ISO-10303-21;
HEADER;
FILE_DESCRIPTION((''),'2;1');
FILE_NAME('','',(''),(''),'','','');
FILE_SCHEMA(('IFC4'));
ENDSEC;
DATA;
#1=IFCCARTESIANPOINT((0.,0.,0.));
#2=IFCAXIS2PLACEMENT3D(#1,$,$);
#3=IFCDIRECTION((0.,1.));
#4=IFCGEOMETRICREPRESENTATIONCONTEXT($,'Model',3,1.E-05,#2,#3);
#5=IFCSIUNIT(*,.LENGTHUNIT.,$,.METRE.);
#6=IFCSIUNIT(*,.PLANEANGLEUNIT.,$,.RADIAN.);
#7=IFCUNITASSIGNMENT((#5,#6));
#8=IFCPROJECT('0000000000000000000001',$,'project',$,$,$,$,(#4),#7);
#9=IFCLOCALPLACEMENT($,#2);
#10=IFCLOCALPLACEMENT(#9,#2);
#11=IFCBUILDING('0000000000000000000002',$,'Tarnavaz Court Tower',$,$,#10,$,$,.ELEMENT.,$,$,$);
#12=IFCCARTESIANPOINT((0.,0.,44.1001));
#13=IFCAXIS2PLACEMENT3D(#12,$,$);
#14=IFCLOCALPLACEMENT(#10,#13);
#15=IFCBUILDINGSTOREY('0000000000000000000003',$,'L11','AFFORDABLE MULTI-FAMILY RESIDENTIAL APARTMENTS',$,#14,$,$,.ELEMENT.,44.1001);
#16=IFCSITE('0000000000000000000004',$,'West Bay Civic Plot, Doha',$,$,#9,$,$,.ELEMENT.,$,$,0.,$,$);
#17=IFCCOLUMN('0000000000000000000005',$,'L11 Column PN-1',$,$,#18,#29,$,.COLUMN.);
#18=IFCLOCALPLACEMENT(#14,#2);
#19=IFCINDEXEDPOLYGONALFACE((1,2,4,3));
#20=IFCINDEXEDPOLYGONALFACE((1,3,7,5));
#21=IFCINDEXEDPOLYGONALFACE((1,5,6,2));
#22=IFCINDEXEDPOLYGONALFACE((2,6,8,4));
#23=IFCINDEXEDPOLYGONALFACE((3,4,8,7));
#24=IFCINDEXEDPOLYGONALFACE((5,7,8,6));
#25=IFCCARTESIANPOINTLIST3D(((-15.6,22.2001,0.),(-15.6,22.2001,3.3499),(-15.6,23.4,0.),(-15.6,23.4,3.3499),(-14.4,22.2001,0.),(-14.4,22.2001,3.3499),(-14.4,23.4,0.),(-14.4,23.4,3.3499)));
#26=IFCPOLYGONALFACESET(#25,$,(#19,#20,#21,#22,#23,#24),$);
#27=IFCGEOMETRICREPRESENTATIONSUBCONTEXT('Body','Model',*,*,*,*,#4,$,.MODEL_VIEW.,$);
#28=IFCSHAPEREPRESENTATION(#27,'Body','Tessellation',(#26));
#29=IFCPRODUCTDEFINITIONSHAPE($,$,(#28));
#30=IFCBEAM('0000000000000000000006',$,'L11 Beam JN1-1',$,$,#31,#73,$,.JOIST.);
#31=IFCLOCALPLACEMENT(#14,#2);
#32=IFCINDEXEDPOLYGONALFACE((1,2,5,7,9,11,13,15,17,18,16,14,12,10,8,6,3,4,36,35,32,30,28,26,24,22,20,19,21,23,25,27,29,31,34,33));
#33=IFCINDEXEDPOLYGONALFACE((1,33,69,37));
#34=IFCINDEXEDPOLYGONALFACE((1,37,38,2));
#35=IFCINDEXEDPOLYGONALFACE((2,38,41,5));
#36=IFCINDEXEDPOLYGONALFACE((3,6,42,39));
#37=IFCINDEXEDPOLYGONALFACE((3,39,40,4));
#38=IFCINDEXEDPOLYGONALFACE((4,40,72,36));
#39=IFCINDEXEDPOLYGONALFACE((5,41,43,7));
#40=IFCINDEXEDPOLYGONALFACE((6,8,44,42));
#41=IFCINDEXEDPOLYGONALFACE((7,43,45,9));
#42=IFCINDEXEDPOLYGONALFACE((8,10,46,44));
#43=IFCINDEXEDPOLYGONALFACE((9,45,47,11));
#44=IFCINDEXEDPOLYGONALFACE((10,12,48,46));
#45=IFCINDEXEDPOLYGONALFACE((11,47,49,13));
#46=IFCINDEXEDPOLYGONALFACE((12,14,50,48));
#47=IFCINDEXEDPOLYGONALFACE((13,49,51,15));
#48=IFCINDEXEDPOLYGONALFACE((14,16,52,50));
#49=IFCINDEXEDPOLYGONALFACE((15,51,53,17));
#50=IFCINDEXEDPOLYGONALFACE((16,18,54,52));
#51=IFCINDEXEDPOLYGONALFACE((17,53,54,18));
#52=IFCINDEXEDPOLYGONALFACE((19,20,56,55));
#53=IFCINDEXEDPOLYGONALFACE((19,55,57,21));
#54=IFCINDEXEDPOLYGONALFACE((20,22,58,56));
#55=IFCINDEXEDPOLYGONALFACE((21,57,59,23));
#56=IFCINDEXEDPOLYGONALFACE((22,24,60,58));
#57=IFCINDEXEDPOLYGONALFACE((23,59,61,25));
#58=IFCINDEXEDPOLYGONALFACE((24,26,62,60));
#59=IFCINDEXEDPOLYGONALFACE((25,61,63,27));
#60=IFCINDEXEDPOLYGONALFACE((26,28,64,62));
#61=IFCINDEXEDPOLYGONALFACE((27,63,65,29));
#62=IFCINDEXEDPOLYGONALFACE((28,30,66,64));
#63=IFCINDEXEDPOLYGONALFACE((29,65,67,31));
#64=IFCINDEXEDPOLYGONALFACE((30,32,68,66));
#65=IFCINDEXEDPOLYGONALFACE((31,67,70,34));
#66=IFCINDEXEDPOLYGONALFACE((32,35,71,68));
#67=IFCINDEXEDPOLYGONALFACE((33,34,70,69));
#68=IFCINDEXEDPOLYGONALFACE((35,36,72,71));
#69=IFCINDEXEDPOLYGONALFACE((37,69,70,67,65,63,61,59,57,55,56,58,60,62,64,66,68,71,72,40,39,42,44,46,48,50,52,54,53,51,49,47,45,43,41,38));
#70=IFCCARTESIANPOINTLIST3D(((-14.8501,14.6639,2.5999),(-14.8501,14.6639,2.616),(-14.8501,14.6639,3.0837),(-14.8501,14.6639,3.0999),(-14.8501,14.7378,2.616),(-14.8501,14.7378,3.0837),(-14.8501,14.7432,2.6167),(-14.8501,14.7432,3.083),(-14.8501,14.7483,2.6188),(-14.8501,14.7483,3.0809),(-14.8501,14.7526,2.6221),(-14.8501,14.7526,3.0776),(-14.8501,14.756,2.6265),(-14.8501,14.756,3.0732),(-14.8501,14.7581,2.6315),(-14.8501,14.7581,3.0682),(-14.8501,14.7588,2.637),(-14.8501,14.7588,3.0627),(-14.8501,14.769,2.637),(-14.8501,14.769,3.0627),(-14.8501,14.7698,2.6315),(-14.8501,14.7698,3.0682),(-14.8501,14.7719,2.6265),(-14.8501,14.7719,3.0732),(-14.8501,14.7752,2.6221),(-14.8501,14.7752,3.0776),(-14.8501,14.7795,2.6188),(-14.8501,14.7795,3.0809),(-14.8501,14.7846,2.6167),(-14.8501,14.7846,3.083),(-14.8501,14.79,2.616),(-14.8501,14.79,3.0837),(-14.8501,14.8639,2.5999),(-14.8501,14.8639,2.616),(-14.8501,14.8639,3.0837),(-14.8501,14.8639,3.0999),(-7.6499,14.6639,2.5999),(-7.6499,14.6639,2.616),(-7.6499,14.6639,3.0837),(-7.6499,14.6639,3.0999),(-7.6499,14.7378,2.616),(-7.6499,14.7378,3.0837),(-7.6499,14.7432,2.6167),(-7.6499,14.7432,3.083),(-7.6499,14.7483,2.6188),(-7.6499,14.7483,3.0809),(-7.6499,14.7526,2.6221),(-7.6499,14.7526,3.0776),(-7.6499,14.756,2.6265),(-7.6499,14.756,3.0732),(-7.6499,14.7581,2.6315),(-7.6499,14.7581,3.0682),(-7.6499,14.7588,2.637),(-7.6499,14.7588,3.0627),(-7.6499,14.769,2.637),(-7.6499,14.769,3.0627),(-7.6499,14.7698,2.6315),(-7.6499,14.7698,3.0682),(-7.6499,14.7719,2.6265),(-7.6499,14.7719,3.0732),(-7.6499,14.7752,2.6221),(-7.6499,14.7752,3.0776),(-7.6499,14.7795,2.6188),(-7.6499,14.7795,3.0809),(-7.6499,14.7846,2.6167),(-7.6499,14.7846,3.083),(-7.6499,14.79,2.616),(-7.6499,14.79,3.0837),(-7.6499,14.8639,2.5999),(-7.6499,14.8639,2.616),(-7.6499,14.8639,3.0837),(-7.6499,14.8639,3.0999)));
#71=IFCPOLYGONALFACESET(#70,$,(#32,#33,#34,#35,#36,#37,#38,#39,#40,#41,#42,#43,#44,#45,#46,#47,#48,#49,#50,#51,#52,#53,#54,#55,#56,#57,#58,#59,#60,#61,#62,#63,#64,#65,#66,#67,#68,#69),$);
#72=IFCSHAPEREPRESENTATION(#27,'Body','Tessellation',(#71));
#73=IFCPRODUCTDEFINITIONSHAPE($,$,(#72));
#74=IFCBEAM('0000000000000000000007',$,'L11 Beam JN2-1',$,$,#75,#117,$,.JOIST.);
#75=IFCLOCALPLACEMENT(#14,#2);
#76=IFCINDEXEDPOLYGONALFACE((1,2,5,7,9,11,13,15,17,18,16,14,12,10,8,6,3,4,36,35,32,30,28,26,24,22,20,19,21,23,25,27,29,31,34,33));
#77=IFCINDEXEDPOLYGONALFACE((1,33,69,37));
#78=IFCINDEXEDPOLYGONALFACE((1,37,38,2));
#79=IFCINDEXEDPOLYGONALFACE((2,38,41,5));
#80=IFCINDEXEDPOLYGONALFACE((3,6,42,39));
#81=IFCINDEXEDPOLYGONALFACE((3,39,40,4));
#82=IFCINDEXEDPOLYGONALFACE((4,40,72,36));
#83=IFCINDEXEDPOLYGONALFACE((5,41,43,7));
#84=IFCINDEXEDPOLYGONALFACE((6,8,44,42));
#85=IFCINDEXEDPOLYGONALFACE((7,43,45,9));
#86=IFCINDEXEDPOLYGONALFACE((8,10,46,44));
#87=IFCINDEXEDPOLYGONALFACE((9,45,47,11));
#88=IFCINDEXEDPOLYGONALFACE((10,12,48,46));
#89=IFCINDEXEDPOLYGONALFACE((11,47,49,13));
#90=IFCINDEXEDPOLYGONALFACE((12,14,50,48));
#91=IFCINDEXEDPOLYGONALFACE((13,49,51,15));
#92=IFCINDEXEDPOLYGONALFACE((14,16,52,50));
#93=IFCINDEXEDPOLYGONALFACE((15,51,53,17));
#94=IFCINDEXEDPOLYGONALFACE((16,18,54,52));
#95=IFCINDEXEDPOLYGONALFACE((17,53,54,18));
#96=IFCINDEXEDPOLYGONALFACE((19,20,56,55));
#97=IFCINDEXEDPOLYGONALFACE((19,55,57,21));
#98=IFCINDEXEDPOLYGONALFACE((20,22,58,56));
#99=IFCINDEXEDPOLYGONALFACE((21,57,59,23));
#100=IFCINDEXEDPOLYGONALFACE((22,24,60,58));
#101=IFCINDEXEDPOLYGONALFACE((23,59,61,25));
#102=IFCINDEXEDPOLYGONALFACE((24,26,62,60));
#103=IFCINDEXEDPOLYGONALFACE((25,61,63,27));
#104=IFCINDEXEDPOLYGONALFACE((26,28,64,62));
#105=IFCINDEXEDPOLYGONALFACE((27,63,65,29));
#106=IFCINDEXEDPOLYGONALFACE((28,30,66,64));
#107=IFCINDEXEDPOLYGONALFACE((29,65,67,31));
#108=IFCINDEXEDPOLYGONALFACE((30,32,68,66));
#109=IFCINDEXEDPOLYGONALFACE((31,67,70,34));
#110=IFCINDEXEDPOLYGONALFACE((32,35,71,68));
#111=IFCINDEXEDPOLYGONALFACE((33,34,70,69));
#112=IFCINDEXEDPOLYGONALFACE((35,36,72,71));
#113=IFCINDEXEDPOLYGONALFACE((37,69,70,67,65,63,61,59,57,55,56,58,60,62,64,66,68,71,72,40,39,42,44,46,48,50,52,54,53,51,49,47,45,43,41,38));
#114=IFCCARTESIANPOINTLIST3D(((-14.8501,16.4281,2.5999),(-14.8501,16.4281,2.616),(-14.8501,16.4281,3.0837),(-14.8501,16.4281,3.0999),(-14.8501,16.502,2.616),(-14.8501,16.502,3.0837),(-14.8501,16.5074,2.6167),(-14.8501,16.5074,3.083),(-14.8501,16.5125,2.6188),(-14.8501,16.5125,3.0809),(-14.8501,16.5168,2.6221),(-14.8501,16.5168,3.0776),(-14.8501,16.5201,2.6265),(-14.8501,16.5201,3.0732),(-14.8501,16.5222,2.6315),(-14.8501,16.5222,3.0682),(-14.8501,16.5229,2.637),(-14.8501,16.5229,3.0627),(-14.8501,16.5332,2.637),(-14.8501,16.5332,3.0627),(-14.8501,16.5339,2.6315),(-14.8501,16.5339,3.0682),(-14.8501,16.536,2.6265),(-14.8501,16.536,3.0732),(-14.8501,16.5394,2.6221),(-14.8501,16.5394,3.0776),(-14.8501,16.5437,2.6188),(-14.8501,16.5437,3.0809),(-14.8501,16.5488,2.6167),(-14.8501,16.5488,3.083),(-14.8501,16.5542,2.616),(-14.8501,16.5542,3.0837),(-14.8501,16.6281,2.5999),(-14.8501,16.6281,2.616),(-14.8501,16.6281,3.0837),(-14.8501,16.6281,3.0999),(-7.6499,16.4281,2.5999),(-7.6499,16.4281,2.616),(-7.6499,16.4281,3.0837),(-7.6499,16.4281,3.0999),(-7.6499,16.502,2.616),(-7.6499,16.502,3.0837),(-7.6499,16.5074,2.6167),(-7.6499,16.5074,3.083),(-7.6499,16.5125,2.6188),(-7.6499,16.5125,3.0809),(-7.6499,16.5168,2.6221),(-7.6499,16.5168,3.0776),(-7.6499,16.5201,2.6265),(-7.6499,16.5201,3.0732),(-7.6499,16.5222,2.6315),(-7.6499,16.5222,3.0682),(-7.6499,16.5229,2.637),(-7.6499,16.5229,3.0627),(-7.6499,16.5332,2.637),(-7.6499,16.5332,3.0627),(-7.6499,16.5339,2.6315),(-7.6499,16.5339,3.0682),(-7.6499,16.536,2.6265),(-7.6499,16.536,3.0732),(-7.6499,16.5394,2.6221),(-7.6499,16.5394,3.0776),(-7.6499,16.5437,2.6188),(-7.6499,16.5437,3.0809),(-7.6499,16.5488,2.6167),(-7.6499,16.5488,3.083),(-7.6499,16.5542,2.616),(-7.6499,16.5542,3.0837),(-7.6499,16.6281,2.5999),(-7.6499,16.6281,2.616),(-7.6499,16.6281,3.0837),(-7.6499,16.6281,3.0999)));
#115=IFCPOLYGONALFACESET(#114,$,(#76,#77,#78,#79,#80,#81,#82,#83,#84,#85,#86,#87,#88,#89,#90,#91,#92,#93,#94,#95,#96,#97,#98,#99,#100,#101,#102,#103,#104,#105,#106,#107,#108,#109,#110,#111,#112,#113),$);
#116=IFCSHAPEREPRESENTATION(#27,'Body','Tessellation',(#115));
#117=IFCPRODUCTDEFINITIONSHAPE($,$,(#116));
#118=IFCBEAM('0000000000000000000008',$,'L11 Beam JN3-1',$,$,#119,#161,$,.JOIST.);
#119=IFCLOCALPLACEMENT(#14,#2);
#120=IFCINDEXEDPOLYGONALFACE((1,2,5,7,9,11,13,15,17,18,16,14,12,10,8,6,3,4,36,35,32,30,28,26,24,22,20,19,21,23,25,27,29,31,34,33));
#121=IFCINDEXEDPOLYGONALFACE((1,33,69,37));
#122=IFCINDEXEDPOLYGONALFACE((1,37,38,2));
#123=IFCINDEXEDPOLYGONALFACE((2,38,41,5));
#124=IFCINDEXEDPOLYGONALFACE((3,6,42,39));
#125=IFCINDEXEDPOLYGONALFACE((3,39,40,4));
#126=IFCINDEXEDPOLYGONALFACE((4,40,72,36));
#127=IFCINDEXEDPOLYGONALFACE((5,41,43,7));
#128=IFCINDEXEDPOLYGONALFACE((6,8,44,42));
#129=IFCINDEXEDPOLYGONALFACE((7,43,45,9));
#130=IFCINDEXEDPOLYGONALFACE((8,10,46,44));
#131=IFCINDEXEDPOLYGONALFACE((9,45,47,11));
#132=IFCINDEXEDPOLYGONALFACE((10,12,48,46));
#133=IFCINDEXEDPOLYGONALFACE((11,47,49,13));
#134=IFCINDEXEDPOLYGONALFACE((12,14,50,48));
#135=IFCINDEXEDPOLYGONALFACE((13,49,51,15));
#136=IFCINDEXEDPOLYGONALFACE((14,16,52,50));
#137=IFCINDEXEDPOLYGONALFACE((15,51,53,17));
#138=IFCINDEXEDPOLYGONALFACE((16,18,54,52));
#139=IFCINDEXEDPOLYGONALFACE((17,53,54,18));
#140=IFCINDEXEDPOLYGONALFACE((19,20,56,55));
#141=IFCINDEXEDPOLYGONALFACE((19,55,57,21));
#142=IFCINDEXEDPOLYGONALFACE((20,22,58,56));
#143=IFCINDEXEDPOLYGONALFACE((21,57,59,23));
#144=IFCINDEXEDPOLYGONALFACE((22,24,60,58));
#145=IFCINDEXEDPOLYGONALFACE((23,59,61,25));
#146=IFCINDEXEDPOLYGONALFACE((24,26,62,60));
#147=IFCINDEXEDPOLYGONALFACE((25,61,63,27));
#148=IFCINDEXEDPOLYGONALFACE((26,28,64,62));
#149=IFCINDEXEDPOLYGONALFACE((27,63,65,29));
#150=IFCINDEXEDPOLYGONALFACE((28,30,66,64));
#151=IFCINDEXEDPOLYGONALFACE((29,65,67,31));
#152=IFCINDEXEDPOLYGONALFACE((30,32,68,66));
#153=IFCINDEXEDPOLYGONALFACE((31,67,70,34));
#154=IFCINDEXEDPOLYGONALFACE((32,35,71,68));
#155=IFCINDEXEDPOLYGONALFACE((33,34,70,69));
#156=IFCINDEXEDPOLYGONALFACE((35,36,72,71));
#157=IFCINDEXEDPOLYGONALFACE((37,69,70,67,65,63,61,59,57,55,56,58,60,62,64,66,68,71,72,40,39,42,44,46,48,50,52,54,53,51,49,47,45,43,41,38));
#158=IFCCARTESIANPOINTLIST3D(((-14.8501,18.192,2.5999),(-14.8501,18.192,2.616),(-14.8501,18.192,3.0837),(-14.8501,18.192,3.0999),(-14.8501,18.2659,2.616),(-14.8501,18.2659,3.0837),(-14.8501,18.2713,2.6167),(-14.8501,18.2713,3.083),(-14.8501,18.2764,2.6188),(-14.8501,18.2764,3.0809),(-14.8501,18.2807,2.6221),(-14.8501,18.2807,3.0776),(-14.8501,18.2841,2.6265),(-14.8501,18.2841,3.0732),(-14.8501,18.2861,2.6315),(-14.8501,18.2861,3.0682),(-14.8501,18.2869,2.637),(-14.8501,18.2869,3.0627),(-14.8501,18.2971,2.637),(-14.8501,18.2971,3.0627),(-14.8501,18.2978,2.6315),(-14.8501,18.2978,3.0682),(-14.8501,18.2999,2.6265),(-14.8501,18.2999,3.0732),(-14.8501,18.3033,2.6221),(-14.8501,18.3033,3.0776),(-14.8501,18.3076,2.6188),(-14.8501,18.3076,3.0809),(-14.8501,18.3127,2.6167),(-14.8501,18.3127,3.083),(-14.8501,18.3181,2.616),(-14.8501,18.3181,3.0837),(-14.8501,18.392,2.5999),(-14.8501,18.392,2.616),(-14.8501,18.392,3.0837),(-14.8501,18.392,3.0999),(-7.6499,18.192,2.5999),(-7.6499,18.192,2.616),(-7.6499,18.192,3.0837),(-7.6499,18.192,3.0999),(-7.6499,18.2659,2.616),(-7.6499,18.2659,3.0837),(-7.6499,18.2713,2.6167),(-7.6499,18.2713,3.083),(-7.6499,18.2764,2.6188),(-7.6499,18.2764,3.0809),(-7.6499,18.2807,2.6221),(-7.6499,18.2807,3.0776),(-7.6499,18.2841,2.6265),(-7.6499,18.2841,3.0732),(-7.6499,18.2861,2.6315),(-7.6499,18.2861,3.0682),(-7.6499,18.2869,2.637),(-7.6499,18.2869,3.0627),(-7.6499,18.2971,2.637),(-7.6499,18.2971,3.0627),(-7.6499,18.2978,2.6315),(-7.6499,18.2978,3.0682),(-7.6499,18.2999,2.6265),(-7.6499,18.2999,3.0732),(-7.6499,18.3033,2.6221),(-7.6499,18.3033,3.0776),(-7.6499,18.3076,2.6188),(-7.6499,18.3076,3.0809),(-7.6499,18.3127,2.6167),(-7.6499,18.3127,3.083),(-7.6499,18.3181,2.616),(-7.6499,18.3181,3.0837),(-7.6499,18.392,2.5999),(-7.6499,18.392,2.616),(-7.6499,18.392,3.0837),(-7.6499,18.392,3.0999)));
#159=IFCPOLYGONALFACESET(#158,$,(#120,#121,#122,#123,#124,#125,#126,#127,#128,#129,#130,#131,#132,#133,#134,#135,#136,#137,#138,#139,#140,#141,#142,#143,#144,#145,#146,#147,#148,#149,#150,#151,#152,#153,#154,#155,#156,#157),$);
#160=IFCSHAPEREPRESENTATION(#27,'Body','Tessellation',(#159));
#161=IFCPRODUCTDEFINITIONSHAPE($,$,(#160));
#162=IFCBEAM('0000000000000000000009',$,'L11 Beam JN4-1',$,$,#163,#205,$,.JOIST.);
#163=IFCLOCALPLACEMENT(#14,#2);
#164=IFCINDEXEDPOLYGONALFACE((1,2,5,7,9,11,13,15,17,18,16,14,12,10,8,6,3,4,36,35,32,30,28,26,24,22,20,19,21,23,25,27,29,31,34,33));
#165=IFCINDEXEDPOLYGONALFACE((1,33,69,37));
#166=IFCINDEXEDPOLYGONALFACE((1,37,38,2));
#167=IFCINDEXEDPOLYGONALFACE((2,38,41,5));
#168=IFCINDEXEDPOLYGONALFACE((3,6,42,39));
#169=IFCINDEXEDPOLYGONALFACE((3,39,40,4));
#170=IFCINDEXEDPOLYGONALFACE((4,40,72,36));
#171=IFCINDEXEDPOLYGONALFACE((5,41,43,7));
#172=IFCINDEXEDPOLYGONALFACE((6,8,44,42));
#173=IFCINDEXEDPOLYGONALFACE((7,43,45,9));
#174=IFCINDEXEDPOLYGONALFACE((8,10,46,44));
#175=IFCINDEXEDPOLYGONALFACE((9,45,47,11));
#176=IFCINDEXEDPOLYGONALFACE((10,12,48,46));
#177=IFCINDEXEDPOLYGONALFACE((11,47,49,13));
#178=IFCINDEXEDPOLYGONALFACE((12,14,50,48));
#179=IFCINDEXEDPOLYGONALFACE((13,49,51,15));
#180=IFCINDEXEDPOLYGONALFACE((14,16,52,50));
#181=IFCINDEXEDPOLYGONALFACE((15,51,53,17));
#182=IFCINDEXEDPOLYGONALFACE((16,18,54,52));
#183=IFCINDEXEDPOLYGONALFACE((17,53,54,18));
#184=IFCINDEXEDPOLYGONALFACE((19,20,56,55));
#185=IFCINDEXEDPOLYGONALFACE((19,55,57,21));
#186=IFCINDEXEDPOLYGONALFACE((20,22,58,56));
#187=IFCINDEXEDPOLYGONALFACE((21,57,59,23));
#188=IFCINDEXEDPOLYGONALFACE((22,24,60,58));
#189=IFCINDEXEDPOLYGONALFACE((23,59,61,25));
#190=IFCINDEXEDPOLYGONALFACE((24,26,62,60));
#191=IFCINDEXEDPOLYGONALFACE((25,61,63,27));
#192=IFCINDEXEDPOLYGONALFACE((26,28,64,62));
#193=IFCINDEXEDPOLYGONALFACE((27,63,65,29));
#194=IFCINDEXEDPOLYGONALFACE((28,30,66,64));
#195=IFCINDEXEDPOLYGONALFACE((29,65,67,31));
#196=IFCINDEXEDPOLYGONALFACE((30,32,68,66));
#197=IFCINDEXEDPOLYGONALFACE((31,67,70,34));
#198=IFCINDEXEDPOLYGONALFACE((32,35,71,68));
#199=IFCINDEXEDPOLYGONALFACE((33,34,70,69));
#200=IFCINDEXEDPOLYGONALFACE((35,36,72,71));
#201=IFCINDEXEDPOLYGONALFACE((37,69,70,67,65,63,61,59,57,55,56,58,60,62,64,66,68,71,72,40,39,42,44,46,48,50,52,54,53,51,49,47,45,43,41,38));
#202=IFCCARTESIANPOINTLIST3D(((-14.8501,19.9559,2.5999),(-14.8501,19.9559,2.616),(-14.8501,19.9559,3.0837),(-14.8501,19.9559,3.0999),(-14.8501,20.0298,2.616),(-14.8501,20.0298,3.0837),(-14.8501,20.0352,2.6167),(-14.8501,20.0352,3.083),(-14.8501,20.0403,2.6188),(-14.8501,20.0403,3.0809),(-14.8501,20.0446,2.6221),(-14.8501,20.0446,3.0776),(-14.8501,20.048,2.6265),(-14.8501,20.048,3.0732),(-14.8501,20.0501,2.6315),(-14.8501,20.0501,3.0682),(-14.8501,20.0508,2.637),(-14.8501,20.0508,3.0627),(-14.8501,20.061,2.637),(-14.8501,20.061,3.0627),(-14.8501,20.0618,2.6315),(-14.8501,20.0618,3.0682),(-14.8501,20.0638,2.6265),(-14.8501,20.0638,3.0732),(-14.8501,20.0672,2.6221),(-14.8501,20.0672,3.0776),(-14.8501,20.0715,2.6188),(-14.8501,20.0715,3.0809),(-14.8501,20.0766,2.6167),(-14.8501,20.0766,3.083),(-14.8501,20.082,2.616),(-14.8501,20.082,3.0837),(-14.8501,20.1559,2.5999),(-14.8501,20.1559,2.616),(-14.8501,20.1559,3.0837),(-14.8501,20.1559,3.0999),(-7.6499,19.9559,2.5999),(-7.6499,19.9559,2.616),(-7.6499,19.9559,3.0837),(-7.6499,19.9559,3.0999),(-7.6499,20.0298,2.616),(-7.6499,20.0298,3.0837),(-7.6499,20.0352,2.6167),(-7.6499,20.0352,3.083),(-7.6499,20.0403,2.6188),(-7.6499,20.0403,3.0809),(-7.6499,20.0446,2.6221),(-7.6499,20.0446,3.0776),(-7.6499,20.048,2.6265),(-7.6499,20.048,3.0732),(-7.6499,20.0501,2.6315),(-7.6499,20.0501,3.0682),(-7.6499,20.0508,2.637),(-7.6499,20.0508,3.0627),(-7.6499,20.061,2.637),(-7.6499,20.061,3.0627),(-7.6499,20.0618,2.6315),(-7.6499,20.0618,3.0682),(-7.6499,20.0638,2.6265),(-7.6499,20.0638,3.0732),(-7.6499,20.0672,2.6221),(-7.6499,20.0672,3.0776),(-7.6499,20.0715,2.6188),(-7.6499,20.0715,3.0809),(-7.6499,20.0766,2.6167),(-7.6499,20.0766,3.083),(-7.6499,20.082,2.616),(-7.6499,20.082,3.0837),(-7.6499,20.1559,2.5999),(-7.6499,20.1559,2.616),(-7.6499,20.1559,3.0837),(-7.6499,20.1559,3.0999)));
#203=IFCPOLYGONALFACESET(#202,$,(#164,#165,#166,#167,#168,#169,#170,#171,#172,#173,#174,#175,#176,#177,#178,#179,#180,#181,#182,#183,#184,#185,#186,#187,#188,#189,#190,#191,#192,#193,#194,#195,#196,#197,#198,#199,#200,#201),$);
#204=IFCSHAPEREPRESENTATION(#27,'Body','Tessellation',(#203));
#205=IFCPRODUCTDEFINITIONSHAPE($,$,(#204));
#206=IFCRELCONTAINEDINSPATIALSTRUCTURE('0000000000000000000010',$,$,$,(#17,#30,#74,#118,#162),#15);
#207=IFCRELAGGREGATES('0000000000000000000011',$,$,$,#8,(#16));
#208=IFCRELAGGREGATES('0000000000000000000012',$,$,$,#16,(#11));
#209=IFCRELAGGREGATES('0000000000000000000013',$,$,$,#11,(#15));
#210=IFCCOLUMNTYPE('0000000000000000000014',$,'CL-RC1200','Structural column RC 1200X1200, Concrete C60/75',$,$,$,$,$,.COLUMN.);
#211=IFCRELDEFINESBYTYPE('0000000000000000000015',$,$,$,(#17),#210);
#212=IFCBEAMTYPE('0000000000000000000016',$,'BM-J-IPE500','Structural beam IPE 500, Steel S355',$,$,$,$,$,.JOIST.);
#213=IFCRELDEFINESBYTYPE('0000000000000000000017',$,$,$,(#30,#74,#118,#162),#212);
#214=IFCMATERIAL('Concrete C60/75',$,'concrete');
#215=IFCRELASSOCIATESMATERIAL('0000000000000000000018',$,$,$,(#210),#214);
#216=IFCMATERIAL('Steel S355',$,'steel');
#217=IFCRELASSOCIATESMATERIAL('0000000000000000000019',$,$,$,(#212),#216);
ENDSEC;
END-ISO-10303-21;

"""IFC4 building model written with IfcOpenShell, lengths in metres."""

from ifc_helpers import new_model, si_unit, direction, frame, origin, origin_2d, place, context, subcontext, project, spatial, rectangle, i_section, extrude, material, material_profile, profile_set, type_object, element, save


model = new_model("IFC4")

# Units and contexts
model_context = context("Model", 3, precision=1e-05, world=origin(), true_north=direction((0.0, 1.0)))
body_context = subcontext(model_context, "Body", "Model", "MODEL_VIEW")
ifc_project = project(units=[si_unit("LENGTHUNIT", "METRE"), si_unit("PLANEANGLEUNIT", "RADIAN")], contexts=[model_context])

# Site, building, storey
site_placement = place(None, origin())
site = spatial("IfcSite", under=ifc_project, at=site_placement, Name="West Bay Civic Plot, Doha", CompositionType="ELEMENT", RefElevation=0.0)
building_placement = place(site_placement, origin())
building = spatial("IfcBuilding", under=site, at=building_placement, Name="Tarnavaz Court Tower", CompositionType="ELEMENT")
storey_placement = place(building_placement, frame((0.0, 0.0, 44.1001)))
storey = spatial("IfcBuildingStorey", under=building, at=storey_placement, Name="L11", Description="AFFORDABLE MULTI-FAMILY RESIDENTIAL APARTMENTS", CompositionType="ELEMENT", Elevation=44.1001)

# Column
ifc_material_1 = material(Name="Concrete C60/75", Category="concrete")
ifc_material_profile_1 = material_profile(ifc_material_1, rectangle(XDim=1.2, YDim=1.2, at=origin_2d()), Name="RC 1200X1200")
ifc_profile_set_1 = profile_set([ifc_material_profile_1], Name="Concrete C60/75")
column_type = type_object("IfcColumnType", Name="CL-RC1200", Description="Structural column RC 1200X1200, Concrete C60/75", PredefinedType="COLUMN", material=ifc_profile_set_1)
column_placement = place(storey_placement, frame((-15.0, 22.8, 0.0), z_axis=(0.0, 0.0, 1.0), x_axis=(1.0, 0.0, 0.0)))
element("IfcColumn", 1, at=column_placement, inside=storey, type_object=column_type, Name="L11 Column PN-1", PredefinedType="COLUMN", context=body_context, shape_type="SweptSolid", body=[
    extrude(rectangle(XDim=1.2, YDim=1.2, at=origin_2d()), origin(), (0.0, 0.0, 1.0), 3.3499),
])

# Beams
ifc_material_2 = material(Name="Steel S355", Category="steel")
ifc_material_profile_2 = material_profile(ifc_material_2, i_section(OverallWidth=0.2, OverallDepth=0.5, WebThickness=0.0103, FlangeThickness=0.0161, FilletRadius=0.021, at=origin_2d()), Name="IPE 500")
ifc_profile_set_2 = profile_set([ifc_material_profile_2], Name="Steel S355")
beam_type_1 = type_object("IfcBeamType", Name="BM-J-IPE500", Description="Structural beam IPE 500, Steel S355", PredefinedType="JOIST", material=ifc_profile_set_2)
for number, where, z_axis, x_axis, name in (
    (2, (-14.8501, 14.7639, 2.8499), (1.0, 0.0, 0.0), (0.0, 1.0, 0.0), "L11 Beam JN1-1"),
    (3, (-14.8501, 16.5281, 2.8499), (1.0, 0.0, 0.0), (0.0, 1.0, 0.0), "L11 Beam JN2-1"),
    (4, (-14.8501, 18.292, 2.8499), (1.0, 0.0, 0.0), (0.0, 1.0, 0.0), "L11 Beam JN3-1"),
    (5, (-14.8501, 20.0559, 2.8499), (1.0, 0.0, 0.0), (0.0, 1.0, 0.0), "L11 Beam JN4-1"),
):
    element("IfcBeam", number, at=place(storey_placement, frame(where, z_axis=z_axis, x_axis=x_axis)), inside=storey, type_object=beam_type_1, Name=name, PredefinedType="JOIST", context=body_context, shape_type="SweptSolid", body=[
        extrude(i_section(OverallWidth=0.2, OverallDepth=0.5, WebThickness=0.0103, FlangeThickness=0.0161, FilletRadius=0.021, at=origin_2d()), origin(), (0.0, 0.0, 1.0), 7.2002),
    ])

save(model, "model.ifc")
